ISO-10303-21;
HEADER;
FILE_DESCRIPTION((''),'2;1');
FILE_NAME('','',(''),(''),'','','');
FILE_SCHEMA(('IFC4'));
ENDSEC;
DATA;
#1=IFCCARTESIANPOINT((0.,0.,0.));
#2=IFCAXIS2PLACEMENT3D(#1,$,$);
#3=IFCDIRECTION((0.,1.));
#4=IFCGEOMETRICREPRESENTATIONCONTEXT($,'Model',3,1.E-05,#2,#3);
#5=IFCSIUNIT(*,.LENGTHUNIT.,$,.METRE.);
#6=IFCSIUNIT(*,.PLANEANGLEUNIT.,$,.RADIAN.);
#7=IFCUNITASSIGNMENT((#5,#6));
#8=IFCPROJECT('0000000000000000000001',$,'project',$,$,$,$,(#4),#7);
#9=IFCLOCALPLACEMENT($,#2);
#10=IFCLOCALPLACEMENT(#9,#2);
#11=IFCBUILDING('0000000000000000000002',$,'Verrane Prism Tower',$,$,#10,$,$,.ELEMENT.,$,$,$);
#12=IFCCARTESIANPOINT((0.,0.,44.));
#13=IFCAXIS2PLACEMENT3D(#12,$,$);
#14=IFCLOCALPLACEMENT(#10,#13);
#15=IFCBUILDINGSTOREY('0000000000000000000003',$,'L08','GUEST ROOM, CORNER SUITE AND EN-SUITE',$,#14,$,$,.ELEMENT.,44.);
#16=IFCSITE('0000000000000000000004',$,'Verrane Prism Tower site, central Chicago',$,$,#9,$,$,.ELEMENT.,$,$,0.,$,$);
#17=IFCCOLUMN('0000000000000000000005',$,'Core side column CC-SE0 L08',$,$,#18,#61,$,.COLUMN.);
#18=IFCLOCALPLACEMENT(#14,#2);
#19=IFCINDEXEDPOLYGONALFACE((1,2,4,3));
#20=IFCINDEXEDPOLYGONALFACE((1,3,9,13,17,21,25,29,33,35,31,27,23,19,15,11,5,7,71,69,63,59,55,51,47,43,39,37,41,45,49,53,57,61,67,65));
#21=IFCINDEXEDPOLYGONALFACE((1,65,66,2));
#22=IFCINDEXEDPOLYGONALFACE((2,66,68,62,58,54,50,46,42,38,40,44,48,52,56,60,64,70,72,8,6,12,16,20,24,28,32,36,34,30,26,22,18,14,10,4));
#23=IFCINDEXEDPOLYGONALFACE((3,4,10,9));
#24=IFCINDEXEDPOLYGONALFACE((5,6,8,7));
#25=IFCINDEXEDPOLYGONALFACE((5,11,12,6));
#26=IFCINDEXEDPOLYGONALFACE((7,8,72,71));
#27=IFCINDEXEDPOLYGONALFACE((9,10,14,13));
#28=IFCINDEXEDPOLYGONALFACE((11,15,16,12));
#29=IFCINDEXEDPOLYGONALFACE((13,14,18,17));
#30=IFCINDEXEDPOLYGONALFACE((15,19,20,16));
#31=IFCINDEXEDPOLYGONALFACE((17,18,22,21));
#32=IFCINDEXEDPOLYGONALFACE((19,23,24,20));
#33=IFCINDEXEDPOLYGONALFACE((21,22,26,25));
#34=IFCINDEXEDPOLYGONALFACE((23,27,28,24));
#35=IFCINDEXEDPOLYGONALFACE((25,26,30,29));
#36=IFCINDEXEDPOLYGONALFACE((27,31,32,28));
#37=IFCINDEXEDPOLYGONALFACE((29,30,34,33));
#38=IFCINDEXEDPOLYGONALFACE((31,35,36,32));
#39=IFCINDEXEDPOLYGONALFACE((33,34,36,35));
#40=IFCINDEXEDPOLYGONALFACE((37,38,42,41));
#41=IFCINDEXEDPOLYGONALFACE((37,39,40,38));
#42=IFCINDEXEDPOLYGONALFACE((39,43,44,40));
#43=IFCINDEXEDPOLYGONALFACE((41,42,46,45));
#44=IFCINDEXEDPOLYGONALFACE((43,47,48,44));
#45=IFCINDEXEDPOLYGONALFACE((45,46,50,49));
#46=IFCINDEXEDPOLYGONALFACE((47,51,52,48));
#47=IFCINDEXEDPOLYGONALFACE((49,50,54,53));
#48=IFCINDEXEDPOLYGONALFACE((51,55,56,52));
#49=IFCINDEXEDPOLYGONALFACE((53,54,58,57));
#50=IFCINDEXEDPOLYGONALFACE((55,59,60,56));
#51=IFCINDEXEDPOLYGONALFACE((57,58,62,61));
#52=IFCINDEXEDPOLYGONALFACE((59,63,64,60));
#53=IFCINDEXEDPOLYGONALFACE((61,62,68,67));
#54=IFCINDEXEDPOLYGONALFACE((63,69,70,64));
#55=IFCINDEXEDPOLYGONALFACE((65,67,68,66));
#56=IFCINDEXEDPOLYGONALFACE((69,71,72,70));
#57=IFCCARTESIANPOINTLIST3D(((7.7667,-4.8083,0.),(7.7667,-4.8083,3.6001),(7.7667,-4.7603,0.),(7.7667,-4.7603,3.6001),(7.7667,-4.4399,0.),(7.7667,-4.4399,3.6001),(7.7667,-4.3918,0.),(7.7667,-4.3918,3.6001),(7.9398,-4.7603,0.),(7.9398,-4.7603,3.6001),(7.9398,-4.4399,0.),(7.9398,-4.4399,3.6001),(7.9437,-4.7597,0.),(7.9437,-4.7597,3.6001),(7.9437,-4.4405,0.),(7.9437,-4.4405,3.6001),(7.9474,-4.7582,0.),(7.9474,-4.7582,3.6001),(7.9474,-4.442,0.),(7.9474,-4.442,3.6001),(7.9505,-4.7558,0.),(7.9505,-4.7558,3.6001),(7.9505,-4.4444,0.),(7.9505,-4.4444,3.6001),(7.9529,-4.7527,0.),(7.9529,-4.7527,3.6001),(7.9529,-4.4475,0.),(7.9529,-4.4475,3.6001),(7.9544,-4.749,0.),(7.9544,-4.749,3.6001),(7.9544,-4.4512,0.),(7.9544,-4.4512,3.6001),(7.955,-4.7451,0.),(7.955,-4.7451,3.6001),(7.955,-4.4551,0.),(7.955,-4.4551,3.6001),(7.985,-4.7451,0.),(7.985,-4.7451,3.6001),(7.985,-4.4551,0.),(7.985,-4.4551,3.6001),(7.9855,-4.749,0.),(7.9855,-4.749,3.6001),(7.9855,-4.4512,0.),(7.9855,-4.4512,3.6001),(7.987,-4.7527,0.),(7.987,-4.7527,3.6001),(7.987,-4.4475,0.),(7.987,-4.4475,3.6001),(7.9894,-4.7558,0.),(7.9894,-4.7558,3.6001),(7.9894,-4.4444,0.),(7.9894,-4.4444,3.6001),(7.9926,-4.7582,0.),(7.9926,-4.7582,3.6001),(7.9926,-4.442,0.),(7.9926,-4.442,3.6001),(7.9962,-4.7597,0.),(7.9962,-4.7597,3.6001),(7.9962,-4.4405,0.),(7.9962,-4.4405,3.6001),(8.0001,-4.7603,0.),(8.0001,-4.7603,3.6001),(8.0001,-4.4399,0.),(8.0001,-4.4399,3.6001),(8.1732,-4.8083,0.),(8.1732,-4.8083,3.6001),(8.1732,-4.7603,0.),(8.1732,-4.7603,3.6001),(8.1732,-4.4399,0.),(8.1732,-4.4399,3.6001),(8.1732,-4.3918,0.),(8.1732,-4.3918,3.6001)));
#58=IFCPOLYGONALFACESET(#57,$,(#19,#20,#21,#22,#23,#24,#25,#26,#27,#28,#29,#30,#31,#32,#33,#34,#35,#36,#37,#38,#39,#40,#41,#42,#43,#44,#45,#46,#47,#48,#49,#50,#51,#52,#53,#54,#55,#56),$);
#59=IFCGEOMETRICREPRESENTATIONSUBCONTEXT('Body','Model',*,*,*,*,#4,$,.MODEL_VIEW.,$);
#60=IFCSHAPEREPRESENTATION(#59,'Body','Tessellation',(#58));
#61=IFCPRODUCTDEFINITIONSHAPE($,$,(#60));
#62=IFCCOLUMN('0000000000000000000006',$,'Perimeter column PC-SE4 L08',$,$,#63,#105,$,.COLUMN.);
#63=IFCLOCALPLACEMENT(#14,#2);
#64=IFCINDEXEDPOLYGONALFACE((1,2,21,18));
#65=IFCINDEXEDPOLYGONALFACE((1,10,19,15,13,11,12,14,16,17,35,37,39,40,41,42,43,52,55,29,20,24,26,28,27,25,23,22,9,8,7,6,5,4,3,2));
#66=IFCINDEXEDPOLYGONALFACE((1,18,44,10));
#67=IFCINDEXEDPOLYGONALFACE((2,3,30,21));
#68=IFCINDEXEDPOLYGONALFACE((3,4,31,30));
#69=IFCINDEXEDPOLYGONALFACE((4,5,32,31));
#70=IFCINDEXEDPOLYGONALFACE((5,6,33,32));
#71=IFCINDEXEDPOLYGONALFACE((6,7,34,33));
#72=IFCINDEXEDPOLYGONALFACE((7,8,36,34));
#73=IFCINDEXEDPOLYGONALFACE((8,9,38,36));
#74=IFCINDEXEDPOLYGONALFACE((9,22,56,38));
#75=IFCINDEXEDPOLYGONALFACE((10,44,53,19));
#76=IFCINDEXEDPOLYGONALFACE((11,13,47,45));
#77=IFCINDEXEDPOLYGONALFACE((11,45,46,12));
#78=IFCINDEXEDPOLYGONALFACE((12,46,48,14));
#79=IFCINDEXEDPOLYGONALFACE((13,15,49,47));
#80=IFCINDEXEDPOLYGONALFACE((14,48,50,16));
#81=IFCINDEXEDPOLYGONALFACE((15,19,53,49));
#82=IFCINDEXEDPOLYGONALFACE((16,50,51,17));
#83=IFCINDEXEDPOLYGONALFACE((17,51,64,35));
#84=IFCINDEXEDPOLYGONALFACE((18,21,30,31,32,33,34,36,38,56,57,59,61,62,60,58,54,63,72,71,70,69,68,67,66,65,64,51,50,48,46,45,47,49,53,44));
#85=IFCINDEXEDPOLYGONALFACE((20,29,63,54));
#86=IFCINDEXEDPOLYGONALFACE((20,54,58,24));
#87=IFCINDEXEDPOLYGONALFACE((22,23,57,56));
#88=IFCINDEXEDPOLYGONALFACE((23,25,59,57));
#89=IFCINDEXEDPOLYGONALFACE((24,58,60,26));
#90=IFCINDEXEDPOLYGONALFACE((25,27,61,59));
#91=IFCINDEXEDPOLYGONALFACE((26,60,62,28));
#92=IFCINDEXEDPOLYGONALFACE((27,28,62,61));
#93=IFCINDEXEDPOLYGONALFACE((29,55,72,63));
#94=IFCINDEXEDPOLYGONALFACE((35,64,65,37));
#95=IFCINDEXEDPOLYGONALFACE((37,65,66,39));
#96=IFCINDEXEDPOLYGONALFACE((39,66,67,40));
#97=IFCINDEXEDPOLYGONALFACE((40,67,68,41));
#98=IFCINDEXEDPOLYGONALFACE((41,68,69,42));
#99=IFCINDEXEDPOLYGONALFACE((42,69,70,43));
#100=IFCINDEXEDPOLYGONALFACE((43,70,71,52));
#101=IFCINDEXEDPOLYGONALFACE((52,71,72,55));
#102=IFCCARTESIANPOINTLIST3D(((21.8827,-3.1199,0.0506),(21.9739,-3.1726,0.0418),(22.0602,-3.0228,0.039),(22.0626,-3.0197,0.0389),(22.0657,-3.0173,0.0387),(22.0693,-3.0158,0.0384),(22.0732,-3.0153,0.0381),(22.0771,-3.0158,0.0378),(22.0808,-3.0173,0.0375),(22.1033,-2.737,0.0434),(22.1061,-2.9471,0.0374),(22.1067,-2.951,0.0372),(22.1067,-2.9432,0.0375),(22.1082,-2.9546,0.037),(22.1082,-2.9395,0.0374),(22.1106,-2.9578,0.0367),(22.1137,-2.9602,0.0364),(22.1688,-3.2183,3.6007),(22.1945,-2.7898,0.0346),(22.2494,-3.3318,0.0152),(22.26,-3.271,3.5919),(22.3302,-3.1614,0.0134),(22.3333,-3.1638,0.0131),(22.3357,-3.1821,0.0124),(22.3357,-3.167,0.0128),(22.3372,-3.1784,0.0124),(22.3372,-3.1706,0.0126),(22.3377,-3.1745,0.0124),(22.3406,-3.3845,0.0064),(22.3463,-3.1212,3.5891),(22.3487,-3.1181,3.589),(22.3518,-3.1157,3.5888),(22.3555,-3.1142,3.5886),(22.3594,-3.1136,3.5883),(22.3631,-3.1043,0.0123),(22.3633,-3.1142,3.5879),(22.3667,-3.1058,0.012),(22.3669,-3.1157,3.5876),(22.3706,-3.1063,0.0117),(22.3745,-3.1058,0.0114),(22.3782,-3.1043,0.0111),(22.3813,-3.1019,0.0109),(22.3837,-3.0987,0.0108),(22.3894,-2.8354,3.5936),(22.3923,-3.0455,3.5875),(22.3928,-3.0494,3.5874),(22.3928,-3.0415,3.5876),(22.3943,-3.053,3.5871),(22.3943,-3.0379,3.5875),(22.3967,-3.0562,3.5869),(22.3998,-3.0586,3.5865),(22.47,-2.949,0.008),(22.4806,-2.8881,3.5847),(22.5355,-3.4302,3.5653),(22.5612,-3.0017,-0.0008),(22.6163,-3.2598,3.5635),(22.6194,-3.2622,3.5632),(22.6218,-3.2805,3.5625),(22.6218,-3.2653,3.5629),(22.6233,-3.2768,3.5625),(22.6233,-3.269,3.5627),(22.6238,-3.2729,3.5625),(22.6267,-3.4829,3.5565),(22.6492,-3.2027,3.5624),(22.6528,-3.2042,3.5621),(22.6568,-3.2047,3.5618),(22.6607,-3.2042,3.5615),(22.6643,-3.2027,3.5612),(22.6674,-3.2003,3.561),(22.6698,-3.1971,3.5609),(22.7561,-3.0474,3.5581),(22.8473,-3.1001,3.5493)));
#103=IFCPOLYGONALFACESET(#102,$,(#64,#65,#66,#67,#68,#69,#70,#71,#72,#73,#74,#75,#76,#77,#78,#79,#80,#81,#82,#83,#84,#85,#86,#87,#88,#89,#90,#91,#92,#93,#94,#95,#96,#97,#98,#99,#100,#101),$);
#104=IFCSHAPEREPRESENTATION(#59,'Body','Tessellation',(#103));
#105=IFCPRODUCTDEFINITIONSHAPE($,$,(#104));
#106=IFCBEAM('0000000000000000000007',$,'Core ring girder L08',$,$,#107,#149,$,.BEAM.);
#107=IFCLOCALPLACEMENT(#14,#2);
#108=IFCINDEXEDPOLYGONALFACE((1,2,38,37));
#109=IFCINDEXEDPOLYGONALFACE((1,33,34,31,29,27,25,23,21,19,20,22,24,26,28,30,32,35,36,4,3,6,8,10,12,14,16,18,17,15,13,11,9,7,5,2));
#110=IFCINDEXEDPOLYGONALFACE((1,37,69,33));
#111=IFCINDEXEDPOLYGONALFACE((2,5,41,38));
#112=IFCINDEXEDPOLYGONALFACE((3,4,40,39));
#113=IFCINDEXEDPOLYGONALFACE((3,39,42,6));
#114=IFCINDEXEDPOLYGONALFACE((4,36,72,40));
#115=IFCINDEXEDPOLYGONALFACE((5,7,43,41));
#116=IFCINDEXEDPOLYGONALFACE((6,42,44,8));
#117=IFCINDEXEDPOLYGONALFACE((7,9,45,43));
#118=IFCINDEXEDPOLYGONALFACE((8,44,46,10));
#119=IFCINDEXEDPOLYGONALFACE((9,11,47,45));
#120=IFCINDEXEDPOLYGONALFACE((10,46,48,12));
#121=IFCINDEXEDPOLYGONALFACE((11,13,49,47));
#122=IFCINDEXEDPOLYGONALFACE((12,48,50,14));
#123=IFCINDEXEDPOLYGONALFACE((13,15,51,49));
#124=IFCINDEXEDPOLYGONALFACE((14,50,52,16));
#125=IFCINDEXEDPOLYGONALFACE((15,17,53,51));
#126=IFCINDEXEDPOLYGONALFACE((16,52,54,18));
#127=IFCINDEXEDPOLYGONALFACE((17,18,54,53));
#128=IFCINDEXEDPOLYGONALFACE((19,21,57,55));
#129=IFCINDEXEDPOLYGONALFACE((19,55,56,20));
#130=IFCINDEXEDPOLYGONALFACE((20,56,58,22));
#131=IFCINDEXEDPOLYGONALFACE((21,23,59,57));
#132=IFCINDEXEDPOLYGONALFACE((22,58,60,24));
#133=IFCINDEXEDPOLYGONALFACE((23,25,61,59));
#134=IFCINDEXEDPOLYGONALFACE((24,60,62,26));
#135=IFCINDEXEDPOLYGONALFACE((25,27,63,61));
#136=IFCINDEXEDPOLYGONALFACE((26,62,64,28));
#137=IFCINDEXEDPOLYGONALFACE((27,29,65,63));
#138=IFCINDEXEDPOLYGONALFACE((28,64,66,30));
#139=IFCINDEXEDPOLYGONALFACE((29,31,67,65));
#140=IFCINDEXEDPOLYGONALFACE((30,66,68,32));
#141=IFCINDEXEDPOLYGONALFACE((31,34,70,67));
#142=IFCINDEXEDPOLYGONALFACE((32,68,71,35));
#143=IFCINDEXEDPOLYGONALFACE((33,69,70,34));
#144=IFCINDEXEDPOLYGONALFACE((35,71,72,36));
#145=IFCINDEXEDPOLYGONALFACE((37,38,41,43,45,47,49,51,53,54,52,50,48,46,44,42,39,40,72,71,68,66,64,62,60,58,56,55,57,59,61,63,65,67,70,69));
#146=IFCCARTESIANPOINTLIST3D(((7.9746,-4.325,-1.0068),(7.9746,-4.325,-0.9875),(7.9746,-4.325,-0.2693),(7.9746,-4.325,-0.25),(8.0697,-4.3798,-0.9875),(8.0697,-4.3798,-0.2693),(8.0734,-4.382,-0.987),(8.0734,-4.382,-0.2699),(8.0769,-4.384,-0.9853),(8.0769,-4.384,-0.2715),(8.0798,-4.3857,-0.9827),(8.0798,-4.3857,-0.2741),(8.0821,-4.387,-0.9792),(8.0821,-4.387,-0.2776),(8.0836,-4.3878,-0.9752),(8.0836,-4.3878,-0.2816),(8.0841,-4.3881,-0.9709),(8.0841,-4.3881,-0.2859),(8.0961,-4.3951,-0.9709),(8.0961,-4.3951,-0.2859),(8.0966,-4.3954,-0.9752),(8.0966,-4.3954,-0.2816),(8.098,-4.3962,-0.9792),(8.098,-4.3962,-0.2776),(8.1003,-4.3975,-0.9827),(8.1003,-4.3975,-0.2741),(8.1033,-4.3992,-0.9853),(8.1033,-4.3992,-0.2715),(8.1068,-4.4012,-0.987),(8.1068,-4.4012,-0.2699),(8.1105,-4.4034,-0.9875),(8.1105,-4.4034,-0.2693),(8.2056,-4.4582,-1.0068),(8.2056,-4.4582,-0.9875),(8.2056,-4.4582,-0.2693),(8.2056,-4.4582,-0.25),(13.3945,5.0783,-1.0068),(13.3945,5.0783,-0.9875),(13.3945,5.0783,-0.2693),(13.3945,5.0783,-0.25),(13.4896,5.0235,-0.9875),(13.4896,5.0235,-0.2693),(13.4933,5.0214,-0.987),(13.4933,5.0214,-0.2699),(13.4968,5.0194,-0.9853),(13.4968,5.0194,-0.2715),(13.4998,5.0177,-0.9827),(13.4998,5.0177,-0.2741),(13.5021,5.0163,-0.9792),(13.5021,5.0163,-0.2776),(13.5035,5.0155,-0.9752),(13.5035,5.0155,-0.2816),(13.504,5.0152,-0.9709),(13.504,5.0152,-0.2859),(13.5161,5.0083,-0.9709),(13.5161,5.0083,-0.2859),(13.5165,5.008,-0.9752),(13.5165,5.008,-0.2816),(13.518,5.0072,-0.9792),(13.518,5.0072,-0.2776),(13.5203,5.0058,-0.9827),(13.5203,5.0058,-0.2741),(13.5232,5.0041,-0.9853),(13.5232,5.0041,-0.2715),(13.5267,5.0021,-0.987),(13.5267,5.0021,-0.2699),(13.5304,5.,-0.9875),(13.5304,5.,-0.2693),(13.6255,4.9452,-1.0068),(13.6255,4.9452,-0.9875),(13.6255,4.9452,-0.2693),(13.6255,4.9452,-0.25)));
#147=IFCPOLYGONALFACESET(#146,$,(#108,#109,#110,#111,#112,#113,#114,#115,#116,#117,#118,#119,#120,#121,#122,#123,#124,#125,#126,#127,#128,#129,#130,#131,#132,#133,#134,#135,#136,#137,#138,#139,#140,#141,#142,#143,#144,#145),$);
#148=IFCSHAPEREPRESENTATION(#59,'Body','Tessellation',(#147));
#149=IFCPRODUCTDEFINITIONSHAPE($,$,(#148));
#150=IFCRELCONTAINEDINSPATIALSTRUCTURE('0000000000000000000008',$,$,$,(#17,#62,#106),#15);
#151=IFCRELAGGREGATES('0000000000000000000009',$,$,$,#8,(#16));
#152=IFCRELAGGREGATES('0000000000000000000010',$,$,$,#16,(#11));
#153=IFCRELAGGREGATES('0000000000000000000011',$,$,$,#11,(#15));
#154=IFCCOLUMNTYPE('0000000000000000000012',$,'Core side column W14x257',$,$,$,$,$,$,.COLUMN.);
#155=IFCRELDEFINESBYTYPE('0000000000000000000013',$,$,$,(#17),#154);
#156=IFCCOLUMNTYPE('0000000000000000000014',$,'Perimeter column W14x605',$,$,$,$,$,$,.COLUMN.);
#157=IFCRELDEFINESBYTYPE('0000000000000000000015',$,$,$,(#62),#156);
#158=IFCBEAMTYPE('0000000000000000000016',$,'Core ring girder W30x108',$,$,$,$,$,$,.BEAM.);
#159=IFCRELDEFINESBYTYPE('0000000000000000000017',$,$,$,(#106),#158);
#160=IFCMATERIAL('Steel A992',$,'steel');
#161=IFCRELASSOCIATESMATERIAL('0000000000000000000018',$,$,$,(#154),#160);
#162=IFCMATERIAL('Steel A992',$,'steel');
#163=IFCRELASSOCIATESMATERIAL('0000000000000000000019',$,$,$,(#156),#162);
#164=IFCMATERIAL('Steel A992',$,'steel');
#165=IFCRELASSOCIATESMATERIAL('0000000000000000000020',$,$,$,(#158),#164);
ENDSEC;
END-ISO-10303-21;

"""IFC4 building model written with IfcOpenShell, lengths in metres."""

from ifc_helpers import new_model, si_unit, direction, frame, origin, origin_2d, place, context, subcontext, project, spatial, i_section, extrude, material, material_profile, profile_set, type_object, element, save


model = new_model("IFC4")

# Units and contexts
model_context = context("Model", 3, precision=1e-05, world=origin(), true_north=direction((0.0, 1.0)))
body_context = subcontext(model_context, "Body", "Model", "MODEL_VIEW")
ifc_project = project(units=[si_unit("LENGTHUNIT", "METRE"), si_unit("PLANEANGLEUNIT", "RADIAN")], contexts=[model_context])

# Site, building, storey
site_placement = place(None, origin())
site = spatial("IfcSite", under=ifc_project, at=site_placement, Name="Verrane Prism Tower site, central Chicago", CompositionType="ELEMENT", RefElevation=0.0)
building_placement = place(site_placement, origin())
building = spatial("IfcBuilding", under=site, at=building_placement, Name="Verrane Prism Tower", CompositionType="ELEMENT")
storey_placement = place(building_placement, frame((0.0, 0.0, 44.0)))
storey = spatial("IfcBuildingStorey", under=building, at=storey_placement, Name="L08", Description="GUEST ROOM, CORNER SUITE AND EN-SUITE", CompositionType="ELEMENT", Elevation=44.0)

# Columns
ifc_material_1 = material(Name="Steel A992", Category="steel")
ifc_material_profile_1 = material_profile(ifc_material_1, i_section(OverallWidth=0.4065, OverallDepth=0.4165, WebThickness=0.03, FlangeThickness=0.0481, FilletRadius=0.0151, at=origin_2d()), Name="W14x257")
ifc_profile_set_1 = profile_set([ifc_material_profile_1], Name="Steel A992")
column_type_1 = type_object("IfcColumnType", Name="Core side column W14x257", PredefinedType="COLUMN", material=ifc_profile_set_1)
column_1_placement = place(storey_placement, frame((7.97, -4.6001, 0.0), z_axis=(0.0, 0.0, 1.0), x_axis=(1.0, 0.0, 0.0)))
element("IfcColumn", 1, at=column_1_placement, inside=storey, type_object=column_type_1, Name="Core side column CC-SE0 L08", PredefinedType="COLUMN", context=body_context, shape_type="SweptSolid", body=[
    extrude(i_section(OverallWidth=0.4065, OverallDepth=0.4165, WebThickness=0.03, FlangeThickness=0.0481, FilletRadius=0.0151, at=origin_2d()), origin(), (0.0, 0.0, 1.0), 3.6001),
])
ifc_material_2 = material(Name="Steel A992", Category="steel")
ifc_material_profile_2 = material_profile(ifc_material_2, i_section(OverallWidth=0.4419, OverallDepth=0.5308, WebThickness=0.0659, FlangeThickness=0.1057, FilletRadius=0.0151, at=origin_2d()), Name="W14x605")
ifc_profile_set_2 = profile_set([ifc_material_profile_2], Name="Steel A992")
column_type_2 = type_object("IfcColumnType", Name="Perimeter column W14x605", PredefinedType="COLUMN", material=ifc_profile_set_2)
column_2_placement = place(storey_placement, frame((22.2219, -3.0608, 0.0249), z_axis=(0.080309, -0.027615, 0.996387), x_axis=(-0.499182, -0.866345, 0.016223)))
element("IfcColumn", 2, at=column_2_placement, inside=storey, type_object=column_type_2, Name="Perimeter column PC-SE4 L08", PredefinedType="COLUMN", context=body_context, shape_type="SweptSolid", body=[
    extrude(i_section(OverallWidth=0.4419, OverallDepth=0.5308, WebThickness=0.0659, FlangeThickness=0.1057, FilletRadius=0.0151, at=origin_2d()), origin(), (0.0, 0.0, 1.0), 3.563),
])

# Beam
ifc_material_3 = material(Name="Steel A992", Category="steel")
ifc_material_profile_3 = material_profile(ifc_material_3, i_section(OverallWidth=0.2666, OverallDepth=0.7568, WebThickness=0.0139, FlangeThickness=0.0193, FilletRadius=0.0166, at=origin_2d()), Name="W30x108")
ifc_profile_set_3 = profile_set([ifc_material_profile_3], Name="Steel A992")
beam_type_1 = type_object("IfcBeamType", Name="Core ring girder W30x108", PredefinedType="BEAM", material=ifc_profile_set_3)
beam_1_placement = place(storey_placement, frame((8.0901, -4.3916, -0.6284), z_axis=(0.499372, 0.866388, 0.0), x_axis=(-0.866388, 0.499372, 0.0)))
element("IfcBeam", 3, at=beam_1_placement, inside=storey, type_object=beam_type_1, Name="Core ring girder L08", PredefinedType="BEAM", context=body_context, shape_type="SweptSolid", body=[
    extrude(i_section(OverallWidth=0.2666, OverallDepth=0.7568, WebThickness=0.0139, FlangeThickness=0.0193, FilletRadius=0.0166, at=origin_2d()), origin(), (0.0, 0.0, 1.0), 10.8535),
])

save(model, "model.ifc")
